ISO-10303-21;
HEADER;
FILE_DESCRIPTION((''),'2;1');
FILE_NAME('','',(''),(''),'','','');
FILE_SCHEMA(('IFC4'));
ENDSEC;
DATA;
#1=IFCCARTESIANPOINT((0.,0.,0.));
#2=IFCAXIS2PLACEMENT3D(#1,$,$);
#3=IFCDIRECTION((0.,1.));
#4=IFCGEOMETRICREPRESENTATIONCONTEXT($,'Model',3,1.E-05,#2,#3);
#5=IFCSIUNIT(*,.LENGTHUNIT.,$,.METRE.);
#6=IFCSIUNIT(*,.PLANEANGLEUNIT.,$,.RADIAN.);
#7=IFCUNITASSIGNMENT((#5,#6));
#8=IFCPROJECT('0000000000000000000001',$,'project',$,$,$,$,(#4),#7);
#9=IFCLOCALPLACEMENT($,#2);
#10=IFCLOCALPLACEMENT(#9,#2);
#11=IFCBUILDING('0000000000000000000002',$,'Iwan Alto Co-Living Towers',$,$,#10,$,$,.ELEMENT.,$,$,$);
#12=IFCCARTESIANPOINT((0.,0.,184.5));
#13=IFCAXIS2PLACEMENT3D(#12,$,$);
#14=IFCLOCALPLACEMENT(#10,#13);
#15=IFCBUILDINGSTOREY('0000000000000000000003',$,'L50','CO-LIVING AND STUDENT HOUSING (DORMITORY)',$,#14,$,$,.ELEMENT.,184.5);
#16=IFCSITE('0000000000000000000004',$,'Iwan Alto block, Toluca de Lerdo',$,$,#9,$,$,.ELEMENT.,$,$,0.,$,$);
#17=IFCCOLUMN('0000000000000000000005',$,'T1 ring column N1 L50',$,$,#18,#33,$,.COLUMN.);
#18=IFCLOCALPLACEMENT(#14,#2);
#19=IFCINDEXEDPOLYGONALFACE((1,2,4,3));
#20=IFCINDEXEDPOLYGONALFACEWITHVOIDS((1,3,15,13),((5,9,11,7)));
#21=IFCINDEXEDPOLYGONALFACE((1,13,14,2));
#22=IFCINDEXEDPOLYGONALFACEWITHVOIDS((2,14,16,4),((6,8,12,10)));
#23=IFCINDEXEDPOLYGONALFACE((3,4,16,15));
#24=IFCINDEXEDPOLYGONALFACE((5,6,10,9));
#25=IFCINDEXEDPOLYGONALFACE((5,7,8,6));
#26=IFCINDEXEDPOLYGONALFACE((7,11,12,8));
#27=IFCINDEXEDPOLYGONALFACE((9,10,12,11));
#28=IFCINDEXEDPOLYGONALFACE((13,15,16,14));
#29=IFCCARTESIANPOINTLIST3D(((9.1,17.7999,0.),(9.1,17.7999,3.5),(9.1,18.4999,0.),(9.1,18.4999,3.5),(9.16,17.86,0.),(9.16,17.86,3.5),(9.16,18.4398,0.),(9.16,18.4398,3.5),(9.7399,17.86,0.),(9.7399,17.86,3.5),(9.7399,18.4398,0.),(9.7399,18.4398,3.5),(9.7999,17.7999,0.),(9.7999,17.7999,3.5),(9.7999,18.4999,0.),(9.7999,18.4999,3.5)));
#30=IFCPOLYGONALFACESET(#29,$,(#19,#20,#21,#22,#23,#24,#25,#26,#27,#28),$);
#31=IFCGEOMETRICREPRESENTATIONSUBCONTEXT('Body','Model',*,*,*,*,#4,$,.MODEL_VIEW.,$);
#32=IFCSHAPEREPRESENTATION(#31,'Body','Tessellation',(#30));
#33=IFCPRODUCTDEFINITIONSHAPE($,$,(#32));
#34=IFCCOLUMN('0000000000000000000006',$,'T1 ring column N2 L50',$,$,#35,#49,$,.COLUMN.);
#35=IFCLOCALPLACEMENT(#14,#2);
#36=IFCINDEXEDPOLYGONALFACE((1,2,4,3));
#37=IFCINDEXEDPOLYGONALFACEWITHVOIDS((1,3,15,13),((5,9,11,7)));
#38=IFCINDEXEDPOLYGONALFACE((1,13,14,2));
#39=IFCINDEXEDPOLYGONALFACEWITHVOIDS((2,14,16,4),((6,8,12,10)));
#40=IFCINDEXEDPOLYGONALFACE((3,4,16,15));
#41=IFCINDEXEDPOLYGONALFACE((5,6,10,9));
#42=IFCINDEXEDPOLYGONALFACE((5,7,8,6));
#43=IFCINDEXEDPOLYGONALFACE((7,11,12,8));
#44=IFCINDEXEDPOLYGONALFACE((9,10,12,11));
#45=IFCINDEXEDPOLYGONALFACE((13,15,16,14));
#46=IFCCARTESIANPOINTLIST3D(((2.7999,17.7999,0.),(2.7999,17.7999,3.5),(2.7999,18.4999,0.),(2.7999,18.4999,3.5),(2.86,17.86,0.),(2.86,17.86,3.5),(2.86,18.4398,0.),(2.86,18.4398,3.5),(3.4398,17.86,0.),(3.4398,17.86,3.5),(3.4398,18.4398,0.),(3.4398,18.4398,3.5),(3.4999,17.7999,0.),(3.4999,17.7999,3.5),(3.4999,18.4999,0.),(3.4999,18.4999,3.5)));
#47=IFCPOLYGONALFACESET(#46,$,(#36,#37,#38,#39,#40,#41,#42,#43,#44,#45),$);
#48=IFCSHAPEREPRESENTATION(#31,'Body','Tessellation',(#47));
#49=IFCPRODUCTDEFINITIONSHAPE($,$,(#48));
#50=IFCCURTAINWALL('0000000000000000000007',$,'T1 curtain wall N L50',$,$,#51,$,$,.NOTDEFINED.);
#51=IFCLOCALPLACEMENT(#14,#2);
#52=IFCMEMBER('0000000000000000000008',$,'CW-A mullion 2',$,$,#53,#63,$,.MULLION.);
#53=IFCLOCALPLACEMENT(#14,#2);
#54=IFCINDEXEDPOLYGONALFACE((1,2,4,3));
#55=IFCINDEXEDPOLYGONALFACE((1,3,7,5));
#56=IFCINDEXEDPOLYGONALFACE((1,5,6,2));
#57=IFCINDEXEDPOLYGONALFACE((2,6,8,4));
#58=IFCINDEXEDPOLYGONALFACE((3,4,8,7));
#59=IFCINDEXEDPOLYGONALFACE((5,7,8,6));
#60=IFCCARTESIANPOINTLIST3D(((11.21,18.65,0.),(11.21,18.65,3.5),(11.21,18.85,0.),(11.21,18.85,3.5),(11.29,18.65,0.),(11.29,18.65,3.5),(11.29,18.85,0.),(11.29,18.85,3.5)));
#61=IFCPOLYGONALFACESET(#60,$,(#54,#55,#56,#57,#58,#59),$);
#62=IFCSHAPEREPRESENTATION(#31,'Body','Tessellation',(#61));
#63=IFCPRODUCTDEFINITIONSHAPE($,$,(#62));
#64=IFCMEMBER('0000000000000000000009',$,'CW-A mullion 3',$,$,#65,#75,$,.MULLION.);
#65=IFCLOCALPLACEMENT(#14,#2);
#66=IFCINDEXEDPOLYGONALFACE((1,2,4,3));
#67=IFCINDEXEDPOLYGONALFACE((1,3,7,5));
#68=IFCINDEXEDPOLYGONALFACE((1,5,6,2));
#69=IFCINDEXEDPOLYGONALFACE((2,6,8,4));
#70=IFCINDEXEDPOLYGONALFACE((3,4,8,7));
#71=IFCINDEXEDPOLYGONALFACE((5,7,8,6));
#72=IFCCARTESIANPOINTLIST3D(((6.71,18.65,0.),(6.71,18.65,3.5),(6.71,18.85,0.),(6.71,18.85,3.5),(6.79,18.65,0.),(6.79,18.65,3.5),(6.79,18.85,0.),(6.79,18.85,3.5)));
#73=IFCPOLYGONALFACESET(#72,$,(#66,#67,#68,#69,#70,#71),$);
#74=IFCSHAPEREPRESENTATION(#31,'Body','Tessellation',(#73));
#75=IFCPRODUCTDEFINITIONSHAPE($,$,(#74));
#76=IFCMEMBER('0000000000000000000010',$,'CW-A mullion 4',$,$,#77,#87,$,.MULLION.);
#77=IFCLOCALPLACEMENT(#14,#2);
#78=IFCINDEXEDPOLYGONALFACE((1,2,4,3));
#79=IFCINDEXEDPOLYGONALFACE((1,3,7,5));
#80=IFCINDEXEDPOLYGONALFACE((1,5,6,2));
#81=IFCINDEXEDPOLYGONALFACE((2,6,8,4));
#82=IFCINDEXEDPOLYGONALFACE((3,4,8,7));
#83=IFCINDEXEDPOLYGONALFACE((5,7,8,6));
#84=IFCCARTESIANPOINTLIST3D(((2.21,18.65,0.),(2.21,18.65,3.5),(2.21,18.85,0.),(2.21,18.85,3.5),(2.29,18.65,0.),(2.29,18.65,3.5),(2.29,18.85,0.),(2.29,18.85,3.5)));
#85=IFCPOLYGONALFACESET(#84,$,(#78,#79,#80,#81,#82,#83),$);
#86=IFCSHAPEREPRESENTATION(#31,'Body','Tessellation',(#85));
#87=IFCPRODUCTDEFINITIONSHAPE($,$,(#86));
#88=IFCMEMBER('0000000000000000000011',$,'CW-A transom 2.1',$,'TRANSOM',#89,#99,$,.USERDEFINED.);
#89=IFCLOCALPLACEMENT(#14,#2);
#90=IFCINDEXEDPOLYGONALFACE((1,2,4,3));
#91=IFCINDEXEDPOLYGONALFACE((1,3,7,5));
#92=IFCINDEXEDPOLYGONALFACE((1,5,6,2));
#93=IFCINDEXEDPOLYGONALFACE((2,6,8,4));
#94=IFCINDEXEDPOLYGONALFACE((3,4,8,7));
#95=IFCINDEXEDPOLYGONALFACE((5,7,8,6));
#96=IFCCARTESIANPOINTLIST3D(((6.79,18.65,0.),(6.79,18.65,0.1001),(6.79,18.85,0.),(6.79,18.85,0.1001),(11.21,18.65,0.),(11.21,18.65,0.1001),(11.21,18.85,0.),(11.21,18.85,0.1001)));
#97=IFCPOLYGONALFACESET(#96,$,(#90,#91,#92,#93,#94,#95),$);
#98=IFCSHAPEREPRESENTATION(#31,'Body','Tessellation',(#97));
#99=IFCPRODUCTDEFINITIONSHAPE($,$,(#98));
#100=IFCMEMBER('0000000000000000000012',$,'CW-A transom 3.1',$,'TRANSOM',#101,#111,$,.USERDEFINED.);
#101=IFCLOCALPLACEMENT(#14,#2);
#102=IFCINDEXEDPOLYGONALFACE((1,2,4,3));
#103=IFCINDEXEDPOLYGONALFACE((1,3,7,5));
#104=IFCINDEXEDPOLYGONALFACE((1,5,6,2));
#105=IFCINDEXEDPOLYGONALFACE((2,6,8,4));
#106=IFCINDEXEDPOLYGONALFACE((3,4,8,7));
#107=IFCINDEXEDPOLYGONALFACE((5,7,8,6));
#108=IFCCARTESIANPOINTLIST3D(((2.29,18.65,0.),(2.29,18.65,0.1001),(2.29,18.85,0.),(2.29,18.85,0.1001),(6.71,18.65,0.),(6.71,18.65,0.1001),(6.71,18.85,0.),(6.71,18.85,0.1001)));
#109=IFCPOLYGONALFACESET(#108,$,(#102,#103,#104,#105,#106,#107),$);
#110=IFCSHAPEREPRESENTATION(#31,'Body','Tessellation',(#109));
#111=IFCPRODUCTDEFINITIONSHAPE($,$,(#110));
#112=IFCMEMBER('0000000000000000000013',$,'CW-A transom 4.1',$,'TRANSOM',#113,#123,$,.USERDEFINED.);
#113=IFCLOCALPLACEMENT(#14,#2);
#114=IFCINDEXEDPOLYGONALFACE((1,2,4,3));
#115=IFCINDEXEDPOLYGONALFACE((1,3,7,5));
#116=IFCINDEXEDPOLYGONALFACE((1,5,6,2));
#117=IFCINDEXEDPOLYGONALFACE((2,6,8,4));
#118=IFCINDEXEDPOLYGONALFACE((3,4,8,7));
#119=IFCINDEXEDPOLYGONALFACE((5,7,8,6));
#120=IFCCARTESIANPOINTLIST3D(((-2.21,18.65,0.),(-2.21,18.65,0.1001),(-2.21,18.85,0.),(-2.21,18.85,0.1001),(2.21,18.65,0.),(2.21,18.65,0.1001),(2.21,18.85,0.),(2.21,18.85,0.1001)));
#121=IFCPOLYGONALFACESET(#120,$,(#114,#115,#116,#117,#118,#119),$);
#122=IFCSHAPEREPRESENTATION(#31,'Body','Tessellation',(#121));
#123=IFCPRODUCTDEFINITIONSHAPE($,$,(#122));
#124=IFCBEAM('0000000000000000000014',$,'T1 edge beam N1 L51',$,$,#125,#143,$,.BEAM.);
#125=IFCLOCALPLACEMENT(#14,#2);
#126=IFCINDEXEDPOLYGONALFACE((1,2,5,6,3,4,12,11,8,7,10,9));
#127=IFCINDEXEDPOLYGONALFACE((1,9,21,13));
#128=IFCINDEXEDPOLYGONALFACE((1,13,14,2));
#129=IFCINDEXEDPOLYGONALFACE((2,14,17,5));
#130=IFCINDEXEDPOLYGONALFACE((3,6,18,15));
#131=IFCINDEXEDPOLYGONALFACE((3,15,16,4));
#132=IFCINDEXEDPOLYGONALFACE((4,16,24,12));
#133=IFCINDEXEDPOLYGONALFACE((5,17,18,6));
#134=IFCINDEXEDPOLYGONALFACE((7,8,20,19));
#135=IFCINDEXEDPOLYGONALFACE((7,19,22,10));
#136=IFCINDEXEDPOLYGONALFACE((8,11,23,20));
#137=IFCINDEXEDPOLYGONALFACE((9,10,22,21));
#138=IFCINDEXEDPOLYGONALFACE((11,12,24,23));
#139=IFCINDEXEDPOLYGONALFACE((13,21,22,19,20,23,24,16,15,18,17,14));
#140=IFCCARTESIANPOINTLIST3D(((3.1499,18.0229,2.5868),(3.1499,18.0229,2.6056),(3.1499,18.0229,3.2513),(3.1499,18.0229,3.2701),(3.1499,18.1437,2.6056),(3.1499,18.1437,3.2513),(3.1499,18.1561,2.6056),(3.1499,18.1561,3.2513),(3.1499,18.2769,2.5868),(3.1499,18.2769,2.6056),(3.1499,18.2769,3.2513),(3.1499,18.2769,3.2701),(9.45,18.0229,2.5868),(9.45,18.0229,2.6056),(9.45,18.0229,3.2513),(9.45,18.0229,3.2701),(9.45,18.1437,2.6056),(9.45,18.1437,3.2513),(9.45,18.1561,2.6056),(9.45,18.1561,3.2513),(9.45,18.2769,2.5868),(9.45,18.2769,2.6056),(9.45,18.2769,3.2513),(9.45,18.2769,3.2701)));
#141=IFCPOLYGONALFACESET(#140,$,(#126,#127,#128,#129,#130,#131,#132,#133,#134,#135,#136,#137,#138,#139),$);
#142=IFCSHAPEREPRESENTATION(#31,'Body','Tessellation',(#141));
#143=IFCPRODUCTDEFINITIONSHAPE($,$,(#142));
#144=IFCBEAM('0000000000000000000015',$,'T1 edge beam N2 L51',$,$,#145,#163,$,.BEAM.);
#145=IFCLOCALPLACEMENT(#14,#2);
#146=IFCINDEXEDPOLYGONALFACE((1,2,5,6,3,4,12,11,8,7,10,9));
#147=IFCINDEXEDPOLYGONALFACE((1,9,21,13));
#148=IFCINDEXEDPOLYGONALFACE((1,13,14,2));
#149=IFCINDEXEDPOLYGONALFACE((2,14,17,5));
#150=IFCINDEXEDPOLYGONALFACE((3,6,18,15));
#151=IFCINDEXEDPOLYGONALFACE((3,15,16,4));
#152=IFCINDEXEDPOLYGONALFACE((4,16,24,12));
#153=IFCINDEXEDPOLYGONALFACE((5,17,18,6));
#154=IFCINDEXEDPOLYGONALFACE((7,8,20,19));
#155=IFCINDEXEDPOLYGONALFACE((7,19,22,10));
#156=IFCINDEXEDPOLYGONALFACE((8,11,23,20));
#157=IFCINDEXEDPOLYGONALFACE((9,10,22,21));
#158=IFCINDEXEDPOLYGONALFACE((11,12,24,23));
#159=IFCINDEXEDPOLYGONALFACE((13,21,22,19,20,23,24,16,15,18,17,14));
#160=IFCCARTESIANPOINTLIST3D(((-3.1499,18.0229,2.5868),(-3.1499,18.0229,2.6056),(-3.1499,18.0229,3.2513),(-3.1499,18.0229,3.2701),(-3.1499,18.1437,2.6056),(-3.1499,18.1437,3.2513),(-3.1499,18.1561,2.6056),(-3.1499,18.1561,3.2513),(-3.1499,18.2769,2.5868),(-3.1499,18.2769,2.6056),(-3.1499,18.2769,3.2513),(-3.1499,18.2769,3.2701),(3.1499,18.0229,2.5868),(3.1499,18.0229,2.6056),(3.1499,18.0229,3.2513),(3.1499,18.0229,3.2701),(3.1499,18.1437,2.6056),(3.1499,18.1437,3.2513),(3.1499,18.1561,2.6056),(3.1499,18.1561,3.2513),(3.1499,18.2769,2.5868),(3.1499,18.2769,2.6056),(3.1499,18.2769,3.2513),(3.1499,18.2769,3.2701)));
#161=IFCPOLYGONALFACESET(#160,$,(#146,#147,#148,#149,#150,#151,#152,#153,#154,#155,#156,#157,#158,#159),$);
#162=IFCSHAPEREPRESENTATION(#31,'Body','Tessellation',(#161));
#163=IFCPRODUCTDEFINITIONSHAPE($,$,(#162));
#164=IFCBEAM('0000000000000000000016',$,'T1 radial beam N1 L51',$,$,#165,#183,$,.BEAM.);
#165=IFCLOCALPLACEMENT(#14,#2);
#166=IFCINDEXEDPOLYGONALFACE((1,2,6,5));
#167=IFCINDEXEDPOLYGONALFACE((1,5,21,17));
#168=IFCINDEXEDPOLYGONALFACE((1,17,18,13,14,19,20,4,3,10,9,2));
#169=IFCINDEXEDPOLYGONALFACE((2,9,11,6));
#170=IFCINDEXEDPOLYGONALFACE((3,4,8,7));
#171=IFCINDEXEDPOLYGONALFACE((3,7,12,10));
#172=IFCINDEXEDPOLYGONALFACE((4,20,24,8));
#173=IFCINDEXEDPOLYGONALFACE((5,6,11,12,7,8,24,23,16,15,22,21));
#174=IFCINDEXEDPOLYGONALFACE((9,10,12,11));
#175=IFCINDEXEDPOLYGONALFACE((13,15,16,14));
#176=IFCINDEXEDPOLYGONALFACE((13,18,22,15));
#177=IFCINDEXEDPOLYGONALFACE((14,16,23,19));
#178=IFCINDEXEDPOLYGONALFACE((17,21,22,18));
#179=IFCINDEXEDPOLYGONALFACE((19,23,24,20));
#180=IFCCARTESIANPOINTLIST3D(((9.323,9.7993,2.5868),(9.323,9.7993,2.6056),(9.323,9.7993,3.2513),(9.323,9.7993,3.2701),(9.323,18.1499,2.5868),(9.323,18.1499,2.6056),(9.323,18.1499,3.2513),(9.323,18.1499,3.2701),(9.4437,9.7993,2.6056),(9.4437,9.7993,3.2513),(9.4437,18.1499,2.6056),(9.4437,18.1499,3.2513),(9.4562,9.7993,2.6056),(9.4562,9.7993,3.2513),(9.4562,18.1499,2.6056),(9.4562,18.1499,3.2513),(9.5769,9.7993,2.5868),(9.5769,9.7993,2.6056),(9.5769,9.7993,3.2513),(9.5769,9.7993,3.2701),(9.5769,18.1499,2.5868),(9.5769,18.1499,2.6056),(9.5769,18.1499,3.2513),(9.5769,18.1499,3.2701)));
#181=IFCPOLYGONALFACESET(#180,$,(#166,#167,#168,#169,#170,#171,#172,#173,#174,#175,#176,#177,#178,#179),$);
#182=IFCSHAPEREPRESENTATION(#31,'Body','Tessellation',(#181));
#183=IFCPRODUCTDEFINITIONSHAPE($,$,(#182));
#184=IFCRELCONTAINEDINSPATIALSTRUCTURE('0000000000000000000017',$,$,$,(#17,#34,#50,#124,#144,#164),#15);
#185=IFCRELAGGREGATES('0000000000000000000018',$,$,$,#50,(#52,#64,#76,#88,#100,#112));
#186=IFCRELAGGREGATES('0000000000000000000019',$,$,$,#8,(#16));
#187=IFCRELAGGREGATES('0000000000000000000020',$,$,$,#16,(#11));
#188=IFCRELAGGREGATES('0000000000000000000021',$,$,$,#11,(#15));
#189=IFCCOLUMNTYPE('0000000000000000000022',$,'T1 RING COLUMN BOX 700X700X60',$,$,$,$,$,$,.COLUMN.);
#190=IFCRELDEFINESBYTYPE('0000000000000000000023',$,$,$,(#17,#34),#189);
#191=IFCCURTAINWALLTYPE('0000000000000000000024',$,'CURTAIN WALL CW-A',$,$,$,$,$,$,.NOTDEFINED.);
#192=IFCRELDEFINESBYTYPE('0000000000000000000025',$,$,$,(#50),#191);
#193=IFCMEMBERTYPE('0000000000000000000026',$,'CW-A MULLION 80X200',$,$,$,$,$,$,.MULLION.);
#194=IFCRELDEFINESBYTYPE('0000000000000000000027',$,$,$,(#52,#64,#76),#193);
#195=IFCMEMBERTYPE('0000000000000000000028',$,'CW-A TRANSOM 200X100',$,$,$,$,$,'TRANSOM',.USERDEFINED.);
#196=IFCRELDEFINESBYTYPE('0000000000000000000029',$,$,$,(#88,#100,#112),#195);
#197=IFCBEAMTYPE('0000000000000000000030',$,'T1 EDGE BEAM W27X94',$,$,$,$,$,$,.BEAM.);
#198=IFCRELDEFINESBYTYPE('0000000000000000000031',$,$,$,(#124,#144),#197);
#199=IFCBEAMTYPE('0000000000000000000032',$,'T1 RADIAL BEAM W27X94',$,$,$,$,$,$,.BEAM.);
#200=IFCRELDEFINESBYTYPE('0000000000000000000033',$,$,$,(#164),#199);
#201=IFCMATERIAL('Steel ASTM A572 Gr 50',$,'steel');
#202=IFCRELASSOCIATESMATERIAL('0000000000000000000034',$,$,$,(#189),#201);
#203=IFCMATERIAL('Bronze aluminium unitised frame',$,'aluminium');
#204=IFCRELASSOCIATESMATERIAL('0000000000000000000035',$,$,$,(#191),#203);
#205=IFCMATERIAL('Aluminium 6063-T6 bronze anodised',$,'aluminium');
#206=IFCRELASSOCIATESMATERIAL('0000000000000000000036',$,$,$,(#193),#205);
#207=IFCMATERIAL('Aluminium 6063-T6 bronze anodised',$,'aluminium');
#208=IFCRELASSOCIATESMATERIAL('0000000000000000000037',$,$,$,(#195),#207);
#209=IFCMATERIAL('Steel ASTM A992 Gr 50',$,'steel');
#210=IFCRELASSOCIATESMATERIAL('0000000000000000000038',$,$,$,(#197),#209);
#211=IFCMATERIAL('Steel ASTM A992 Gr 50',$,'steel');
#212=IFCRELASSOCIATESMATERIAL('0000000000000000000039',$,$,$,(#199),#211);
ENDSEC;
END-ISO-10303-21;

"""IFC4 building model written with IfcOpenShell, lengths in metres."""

from ifc_helpers import new_model, si_unit, direction, frame, origin, origin_2d, place, context, subcontext, project, spatial, rectangle, hollow_rectangle, i_section, extrude, material, material_profile, profile_set, type_object, element, aggregate, save


model = new_model("IFC4")

# Units and contexts
model_context = context("Model", 3, precision=1e-05, world=origin(), true_north=direction((0.0, 1.0)))
body_context = subcontext(model_context, "Body", "Model", "MODEL_VIEW")
ifc_project = project(units=[si_unit("LENGTHUNIT", "METRE"), si_unit("PLANEANGLEUNIT", "RADIAN")], contexts=[model_context])

# Site, building, storey
site_placement = place(None, origin())
site = spatial("IfcSite", under=ifc_project, at=site_placement, Name="Iwan Alto block, Toluca de Lerdo", CompositionType="ELEMENT", RefElevation=0.0)
building_placement = place(site_placement, origin())
building = spatial("IfcBuilding", under=site, at=building_placement, Name="Iwan Alto Co-Living Towers", CompositionType="ELEMENT")
storey_placement = place(building_placement, frame((0.0, 0.0, 184.5)))
storey = spatial("IfcBuildingStorey", under=building, at=storey_placement, Name="L50", Description="CO-LIVING AND STUDENT HOUSING (DORMITORY)", CompositionType="ELEMENT", Elevation=184.5)

# Columns
ifc_material_1 = material(Name="Steel ASTM A572 Gr 50", Category="steel")
ifc_material_profile_1 = material_profile(ifc_material_1, hollow_rectangle(XDim=0.7, YDim=0.7, WallThickness=0.0601, at=origin_2d()), Name="BOX 700X700X60")
ifc_profile_set_1 = profile_set([ifc_material_profile_1], Name="Steel ASTM A572 Gr 50")
column_type = type_object("IfcColumnType", Name="T1 RING COLUMN BOX 700X700X60", PredefinedType="COLUMN", material=ifc_profile_set_1)
for number, where, z_axis, x_axis, name in (
    (1, (9.45, 18.1499, 0.0), (0.0, 0.0, 1.0), (1.0, 0.0, 0.0), "T1 ring column N1 L50"),
    (2, (3.1499, 18.1499, 0.0), (0.0, 0.0, 1.0), (1.0, 0.0, 0.0), "T1 ring column N2 L50"),
):
    element("IfcColumn", number, at=place(storey_placement, frame(where, z_axis=z_axis, x_axis=x_axis)), inside=storey, type_object=column_type, Name=name, PredefinedType="COLUMN", context=body_context, shape_type="SweptSolid", body=[
        extrude(hollow_rectangle(XDim=0.7, YDim=0.7, WallThickness=0.0601, at=origin_2d()), origin(), (0.0, 0.0, 1.0), 3.5),
    ])

# Curtain wall, members
ifc_material_2 = material(Name="Bronze aluminium unitised frame", Category="aluminium")
curtain_wall_type = type_object("IfcCurtainWallType", Name="CURTAIN WALL CW-A", PredefinedType="NOTDEFINED", material=ifc_material_2)
curtain_wall_placement = place(storey_placement, origin())
curtain_wall = element("IfcCurtainWall", 3, at=curtain_wall_placement, inside=storey, type_object=curtain_wall_type, Name="T1 curtain wall N L50", PredefinedType="NOTDEFINED")
ifc_material_3 = material(Name="Aluminium 6063-T6 bronze anodised", Category="aluminium")
ifc_material_profile_2 = material_profile(ifc_material_3, rectangle(XDim=0.2, YDim=0.0801, at=origin_2d()), Name="AL 80X200")
ifc_profile_set_2 = profile_set([ifc_material_profile_2], Name="Aluminium 6063-T6 bronze anodised")
member_type_1 = type_object("IfcMemberType", Name="CW-A MULLION 80X200", PredefinedType="MULLION", material=ifc_profile_set_2)
member_1_placement = place(storey_placement, frame((11.25, 18.75, 0.0), z_axis=(0.0, 0.0, 1.0), x_axis=(0.0, -1.0, 0.0)))
member_1 = element("IfcMember", 4, at=member_1_placement, type_object=member_type_1, Name="CW-A mullion 2", PredefinedType="MULLION", context=body_context, shape_type="SweptSolid", body=[
    extrude(rectangle(XDim=0.2, YDim=0.0801, at=origin_2d()), origin(), (0.0, 0.0, 1.0), 3.5),
])
member_2_placement = place(storey_placement, frame((6.75, 18.75, 0.0), z_axis=(0.0, 0.0, 1.0), x_axis=(0.0, -1.0, 0.0)))
member_2 = element("IfcMember", 5, at=member_2_placement, type_object=member_type_1, Name="CW-A mullion 3", PredefinedType="MULLION", context=body_context, shape_type="SweptSolid", body=[
    extrude(rectangle(XDim=0.2, YDim=0.0801, at=origin_2d()), origin(), (0.0, 0.0, 1.0), 3.5),
])
member_3_placement = place(storey_placement, frame((2.25, 18.75, 0.0), z_axis=(0.0, 0.0, 1.0), x_axis=(0.0, -1.0, 0.0)))
member_3 = element("IfcMember", 6, at=member_3_placement, type_object=member_type_1, Name="CW-A mullion 4", PredefinedType="MULLION", context=body_context, shape_type="SweptSolid", body=[
    extrude(rectangle(XDim=0.2, YDim=0.0801, at=origin_2d()), origin(), (0.0, 0.0, 1.0), 3.5),
])
ifc_material_4 = material(Name="Aluminium 6063-T6 bronze anodised", Category="aluminium")
ifc_material_profile_3 = material_profile(ifc_material_4, rectangle(XDim=0.2, YDim=0.1001, at=origin_2d()), Name="AL 200X100")
ifc_profile_set_3 = profile_set([ifc_material_profile_3], Name="Aluminium 6063-T6 bronze anodised")
member_type_2 = type_object("IfcMemberType", Name="CW-A TRANSOM 200X100", ElementType="TRANSOM", PredefinedType="USERDEFINED", material=ifc_profile_set_3)
member_4_placement = place(storey_placement, frame((11.21, 18.75, 0.05), z_axis=(-1.0, 0.0, 0.0), x_axis=(0.0, -1.0, 0.0)))
member_4 = element("IfcMember", 7, at=member_4_placement, type_object=member_type_2, Name="CW-A transom 2.1", ObjectType="TRANSOM", PredefinedType="USERDEFINED", context=body_context, shape_type="SweptSolid", body=[
    extrude(rectangle(XDim=0.2, YDim=0.1001, at=origin_2d()), origin(), (0.0, 0.0, 1.0), 4.4199),
])
member_5_placement = place(storey_placement, frame((6.71, 18.75, 0.05), z_axis=(-1.0, 0.0, 0.0), x_axis=(0.0, -1.0, 0.0)))
member_5 = element("IfcMember", 8, at=member_5_placement, type_object=member_type_2, Name="CW-A transom 3.1", ObjectType="TRANSOM", PredefinedType="USERDEFINED", context=body_context, shape_type="SweptSolid", body=[
    extrude(rectangle(XDim=0.2, YDim=0.1001, at=origin_2d()), origin(), (0.0, 0.0, 1.0), 4.4199),
])
member_6_placement = place(storey_placement, frame((2.21, 18.75, 0.05), z_axis=(-1.0, 0.0, 0.0), x_axis=(0.0, -1.0, 0.0)))
member_6 = element("IfcMember", 9, at=member_6_placement, type_object=member_type_2, Name="CW-A transom 4.1", ObjectType="TRANSOM", PredefinedType="USERDEFINED", context=body_context, shape_type="SweptSolid", body=[
    extrude(rectangle(XDim=0.2, YDim=0.1001, at=origin_2d()), origin(), (0.0, 0.0, 1.0), 4.4199),
])

# Beams
ifc_material_5 = material(Name="Steel ASTM A992 Gr 50", Category="steel")
ifc_material_profile_4 = material_profile(ifc_material_5, i_section(OverallWidth=0.2539, OverallDepth=0.6833, WebThickness=0.0125, FlangeThickness=0.0188, at=origin_2d()), Name="W27X94")
ifc_profile_set_4 = profile_set([ifc_material_profile_4], Name="Steel ASTM A992 Gr 50")
beam_type_1 = type_object("IfcBeamType", Name="T1 EDGE BEAM W27X94", PredefinedType="BEAM", material=ifc_profile_set_4)
beam_1_placement = place(storey_placement, frame((9.45, 18.1499, 2.9285), z_axis=(-1.0, 0.0, 0.0), x_axis=(0.0, -1.0, 0.0)))
element("IfcBeam", 10, at=beam_1_placement, inside=storey, type_object=beam_type_1, Name="T1 edge beam N1 L51", PredefinedType="BEAM", context=body_context, shape_type="SweptSolid", body=[
    extrude(i_section(OverallWidth=0.2539, OverallDepth=0.6833, WebThickness=0.0125, FlangeThickness=0.0188, at=origin_2d()), origin(), (0.0, 0.0, 1.0), 6.3),
])
beam_2_placement = place(storey_placement, frame((3.1499, 18.1499, 2.9285), z_axis=(-1.0, 0.0, 0.0), x_axis=(0.0, -1.0, 0.0)))
element("IfcBeam", 11, at=beam_2_placement, inside=storey, type_object=beam_type_1, Name="T1 edge beam N2 L51", PredefinedType="BEAM", context=body_context, shape_type="SweptSolid", body=[
    extrude(i_section(OverallWidth=0.2539, OverallDepth=0.6833, WebThickness=0.0125, FlangeThickness=0.0188, at=origin_2d()), origin(), (0.0, 0.0, 1.0), 6.2998),
])
ifc_material_6 = material(Name="Steel ASTM A992 Gr 50", Category="steel")
ifc_material_profile_5 = material_profile(ifc_material_6, i_section(OverallWidth=0.2539, OverallDepth=0.6833, WebThickness=0.0125, FlangeThickness=0.0188, at=origin_2d()), Name="W27X94")
ifc_profile_set_5 = profile_set([ifc_material_profile_5], Name="Steel ASTM A992 Gr 50")
beam_type_2 = type_object("IfcBeamType", Name="T1 RADIAL BEAM W27X94", PredefinedType="BEAM", material=ifc_profile_set_5)
for number, where, z_axis, x_axis, name in (
    (12, (9.45, 18.1499, 2.9285), (0.0, -1.0, 0.0), (1.0, 0.0, 0.0), "T1 radial beam N1 L51"),
):
    element("IfcBeam", number, at=place(storey_placement, frame(where, z_axis=z_axis, x_axis=x_axis)), inside=storey, type_object=beam_type_2, Name=name, PredefinedType="BEAM", context=body_context, shape_type="SweptSolid", body=[
        extrude(i_section(OverallWidth=0.2539, OverallDepth=0.6833, WebThickness=0.0125, FlangeThickness=0.0188, at=origin_2d()), origin(), (0.0, 0.0, 1.0), 8.3506),
    ])

aggregate(curtain_wall, [member_1, member_2, member_3, member_4, member_5, member_6])

save(model, "model.ifc")
